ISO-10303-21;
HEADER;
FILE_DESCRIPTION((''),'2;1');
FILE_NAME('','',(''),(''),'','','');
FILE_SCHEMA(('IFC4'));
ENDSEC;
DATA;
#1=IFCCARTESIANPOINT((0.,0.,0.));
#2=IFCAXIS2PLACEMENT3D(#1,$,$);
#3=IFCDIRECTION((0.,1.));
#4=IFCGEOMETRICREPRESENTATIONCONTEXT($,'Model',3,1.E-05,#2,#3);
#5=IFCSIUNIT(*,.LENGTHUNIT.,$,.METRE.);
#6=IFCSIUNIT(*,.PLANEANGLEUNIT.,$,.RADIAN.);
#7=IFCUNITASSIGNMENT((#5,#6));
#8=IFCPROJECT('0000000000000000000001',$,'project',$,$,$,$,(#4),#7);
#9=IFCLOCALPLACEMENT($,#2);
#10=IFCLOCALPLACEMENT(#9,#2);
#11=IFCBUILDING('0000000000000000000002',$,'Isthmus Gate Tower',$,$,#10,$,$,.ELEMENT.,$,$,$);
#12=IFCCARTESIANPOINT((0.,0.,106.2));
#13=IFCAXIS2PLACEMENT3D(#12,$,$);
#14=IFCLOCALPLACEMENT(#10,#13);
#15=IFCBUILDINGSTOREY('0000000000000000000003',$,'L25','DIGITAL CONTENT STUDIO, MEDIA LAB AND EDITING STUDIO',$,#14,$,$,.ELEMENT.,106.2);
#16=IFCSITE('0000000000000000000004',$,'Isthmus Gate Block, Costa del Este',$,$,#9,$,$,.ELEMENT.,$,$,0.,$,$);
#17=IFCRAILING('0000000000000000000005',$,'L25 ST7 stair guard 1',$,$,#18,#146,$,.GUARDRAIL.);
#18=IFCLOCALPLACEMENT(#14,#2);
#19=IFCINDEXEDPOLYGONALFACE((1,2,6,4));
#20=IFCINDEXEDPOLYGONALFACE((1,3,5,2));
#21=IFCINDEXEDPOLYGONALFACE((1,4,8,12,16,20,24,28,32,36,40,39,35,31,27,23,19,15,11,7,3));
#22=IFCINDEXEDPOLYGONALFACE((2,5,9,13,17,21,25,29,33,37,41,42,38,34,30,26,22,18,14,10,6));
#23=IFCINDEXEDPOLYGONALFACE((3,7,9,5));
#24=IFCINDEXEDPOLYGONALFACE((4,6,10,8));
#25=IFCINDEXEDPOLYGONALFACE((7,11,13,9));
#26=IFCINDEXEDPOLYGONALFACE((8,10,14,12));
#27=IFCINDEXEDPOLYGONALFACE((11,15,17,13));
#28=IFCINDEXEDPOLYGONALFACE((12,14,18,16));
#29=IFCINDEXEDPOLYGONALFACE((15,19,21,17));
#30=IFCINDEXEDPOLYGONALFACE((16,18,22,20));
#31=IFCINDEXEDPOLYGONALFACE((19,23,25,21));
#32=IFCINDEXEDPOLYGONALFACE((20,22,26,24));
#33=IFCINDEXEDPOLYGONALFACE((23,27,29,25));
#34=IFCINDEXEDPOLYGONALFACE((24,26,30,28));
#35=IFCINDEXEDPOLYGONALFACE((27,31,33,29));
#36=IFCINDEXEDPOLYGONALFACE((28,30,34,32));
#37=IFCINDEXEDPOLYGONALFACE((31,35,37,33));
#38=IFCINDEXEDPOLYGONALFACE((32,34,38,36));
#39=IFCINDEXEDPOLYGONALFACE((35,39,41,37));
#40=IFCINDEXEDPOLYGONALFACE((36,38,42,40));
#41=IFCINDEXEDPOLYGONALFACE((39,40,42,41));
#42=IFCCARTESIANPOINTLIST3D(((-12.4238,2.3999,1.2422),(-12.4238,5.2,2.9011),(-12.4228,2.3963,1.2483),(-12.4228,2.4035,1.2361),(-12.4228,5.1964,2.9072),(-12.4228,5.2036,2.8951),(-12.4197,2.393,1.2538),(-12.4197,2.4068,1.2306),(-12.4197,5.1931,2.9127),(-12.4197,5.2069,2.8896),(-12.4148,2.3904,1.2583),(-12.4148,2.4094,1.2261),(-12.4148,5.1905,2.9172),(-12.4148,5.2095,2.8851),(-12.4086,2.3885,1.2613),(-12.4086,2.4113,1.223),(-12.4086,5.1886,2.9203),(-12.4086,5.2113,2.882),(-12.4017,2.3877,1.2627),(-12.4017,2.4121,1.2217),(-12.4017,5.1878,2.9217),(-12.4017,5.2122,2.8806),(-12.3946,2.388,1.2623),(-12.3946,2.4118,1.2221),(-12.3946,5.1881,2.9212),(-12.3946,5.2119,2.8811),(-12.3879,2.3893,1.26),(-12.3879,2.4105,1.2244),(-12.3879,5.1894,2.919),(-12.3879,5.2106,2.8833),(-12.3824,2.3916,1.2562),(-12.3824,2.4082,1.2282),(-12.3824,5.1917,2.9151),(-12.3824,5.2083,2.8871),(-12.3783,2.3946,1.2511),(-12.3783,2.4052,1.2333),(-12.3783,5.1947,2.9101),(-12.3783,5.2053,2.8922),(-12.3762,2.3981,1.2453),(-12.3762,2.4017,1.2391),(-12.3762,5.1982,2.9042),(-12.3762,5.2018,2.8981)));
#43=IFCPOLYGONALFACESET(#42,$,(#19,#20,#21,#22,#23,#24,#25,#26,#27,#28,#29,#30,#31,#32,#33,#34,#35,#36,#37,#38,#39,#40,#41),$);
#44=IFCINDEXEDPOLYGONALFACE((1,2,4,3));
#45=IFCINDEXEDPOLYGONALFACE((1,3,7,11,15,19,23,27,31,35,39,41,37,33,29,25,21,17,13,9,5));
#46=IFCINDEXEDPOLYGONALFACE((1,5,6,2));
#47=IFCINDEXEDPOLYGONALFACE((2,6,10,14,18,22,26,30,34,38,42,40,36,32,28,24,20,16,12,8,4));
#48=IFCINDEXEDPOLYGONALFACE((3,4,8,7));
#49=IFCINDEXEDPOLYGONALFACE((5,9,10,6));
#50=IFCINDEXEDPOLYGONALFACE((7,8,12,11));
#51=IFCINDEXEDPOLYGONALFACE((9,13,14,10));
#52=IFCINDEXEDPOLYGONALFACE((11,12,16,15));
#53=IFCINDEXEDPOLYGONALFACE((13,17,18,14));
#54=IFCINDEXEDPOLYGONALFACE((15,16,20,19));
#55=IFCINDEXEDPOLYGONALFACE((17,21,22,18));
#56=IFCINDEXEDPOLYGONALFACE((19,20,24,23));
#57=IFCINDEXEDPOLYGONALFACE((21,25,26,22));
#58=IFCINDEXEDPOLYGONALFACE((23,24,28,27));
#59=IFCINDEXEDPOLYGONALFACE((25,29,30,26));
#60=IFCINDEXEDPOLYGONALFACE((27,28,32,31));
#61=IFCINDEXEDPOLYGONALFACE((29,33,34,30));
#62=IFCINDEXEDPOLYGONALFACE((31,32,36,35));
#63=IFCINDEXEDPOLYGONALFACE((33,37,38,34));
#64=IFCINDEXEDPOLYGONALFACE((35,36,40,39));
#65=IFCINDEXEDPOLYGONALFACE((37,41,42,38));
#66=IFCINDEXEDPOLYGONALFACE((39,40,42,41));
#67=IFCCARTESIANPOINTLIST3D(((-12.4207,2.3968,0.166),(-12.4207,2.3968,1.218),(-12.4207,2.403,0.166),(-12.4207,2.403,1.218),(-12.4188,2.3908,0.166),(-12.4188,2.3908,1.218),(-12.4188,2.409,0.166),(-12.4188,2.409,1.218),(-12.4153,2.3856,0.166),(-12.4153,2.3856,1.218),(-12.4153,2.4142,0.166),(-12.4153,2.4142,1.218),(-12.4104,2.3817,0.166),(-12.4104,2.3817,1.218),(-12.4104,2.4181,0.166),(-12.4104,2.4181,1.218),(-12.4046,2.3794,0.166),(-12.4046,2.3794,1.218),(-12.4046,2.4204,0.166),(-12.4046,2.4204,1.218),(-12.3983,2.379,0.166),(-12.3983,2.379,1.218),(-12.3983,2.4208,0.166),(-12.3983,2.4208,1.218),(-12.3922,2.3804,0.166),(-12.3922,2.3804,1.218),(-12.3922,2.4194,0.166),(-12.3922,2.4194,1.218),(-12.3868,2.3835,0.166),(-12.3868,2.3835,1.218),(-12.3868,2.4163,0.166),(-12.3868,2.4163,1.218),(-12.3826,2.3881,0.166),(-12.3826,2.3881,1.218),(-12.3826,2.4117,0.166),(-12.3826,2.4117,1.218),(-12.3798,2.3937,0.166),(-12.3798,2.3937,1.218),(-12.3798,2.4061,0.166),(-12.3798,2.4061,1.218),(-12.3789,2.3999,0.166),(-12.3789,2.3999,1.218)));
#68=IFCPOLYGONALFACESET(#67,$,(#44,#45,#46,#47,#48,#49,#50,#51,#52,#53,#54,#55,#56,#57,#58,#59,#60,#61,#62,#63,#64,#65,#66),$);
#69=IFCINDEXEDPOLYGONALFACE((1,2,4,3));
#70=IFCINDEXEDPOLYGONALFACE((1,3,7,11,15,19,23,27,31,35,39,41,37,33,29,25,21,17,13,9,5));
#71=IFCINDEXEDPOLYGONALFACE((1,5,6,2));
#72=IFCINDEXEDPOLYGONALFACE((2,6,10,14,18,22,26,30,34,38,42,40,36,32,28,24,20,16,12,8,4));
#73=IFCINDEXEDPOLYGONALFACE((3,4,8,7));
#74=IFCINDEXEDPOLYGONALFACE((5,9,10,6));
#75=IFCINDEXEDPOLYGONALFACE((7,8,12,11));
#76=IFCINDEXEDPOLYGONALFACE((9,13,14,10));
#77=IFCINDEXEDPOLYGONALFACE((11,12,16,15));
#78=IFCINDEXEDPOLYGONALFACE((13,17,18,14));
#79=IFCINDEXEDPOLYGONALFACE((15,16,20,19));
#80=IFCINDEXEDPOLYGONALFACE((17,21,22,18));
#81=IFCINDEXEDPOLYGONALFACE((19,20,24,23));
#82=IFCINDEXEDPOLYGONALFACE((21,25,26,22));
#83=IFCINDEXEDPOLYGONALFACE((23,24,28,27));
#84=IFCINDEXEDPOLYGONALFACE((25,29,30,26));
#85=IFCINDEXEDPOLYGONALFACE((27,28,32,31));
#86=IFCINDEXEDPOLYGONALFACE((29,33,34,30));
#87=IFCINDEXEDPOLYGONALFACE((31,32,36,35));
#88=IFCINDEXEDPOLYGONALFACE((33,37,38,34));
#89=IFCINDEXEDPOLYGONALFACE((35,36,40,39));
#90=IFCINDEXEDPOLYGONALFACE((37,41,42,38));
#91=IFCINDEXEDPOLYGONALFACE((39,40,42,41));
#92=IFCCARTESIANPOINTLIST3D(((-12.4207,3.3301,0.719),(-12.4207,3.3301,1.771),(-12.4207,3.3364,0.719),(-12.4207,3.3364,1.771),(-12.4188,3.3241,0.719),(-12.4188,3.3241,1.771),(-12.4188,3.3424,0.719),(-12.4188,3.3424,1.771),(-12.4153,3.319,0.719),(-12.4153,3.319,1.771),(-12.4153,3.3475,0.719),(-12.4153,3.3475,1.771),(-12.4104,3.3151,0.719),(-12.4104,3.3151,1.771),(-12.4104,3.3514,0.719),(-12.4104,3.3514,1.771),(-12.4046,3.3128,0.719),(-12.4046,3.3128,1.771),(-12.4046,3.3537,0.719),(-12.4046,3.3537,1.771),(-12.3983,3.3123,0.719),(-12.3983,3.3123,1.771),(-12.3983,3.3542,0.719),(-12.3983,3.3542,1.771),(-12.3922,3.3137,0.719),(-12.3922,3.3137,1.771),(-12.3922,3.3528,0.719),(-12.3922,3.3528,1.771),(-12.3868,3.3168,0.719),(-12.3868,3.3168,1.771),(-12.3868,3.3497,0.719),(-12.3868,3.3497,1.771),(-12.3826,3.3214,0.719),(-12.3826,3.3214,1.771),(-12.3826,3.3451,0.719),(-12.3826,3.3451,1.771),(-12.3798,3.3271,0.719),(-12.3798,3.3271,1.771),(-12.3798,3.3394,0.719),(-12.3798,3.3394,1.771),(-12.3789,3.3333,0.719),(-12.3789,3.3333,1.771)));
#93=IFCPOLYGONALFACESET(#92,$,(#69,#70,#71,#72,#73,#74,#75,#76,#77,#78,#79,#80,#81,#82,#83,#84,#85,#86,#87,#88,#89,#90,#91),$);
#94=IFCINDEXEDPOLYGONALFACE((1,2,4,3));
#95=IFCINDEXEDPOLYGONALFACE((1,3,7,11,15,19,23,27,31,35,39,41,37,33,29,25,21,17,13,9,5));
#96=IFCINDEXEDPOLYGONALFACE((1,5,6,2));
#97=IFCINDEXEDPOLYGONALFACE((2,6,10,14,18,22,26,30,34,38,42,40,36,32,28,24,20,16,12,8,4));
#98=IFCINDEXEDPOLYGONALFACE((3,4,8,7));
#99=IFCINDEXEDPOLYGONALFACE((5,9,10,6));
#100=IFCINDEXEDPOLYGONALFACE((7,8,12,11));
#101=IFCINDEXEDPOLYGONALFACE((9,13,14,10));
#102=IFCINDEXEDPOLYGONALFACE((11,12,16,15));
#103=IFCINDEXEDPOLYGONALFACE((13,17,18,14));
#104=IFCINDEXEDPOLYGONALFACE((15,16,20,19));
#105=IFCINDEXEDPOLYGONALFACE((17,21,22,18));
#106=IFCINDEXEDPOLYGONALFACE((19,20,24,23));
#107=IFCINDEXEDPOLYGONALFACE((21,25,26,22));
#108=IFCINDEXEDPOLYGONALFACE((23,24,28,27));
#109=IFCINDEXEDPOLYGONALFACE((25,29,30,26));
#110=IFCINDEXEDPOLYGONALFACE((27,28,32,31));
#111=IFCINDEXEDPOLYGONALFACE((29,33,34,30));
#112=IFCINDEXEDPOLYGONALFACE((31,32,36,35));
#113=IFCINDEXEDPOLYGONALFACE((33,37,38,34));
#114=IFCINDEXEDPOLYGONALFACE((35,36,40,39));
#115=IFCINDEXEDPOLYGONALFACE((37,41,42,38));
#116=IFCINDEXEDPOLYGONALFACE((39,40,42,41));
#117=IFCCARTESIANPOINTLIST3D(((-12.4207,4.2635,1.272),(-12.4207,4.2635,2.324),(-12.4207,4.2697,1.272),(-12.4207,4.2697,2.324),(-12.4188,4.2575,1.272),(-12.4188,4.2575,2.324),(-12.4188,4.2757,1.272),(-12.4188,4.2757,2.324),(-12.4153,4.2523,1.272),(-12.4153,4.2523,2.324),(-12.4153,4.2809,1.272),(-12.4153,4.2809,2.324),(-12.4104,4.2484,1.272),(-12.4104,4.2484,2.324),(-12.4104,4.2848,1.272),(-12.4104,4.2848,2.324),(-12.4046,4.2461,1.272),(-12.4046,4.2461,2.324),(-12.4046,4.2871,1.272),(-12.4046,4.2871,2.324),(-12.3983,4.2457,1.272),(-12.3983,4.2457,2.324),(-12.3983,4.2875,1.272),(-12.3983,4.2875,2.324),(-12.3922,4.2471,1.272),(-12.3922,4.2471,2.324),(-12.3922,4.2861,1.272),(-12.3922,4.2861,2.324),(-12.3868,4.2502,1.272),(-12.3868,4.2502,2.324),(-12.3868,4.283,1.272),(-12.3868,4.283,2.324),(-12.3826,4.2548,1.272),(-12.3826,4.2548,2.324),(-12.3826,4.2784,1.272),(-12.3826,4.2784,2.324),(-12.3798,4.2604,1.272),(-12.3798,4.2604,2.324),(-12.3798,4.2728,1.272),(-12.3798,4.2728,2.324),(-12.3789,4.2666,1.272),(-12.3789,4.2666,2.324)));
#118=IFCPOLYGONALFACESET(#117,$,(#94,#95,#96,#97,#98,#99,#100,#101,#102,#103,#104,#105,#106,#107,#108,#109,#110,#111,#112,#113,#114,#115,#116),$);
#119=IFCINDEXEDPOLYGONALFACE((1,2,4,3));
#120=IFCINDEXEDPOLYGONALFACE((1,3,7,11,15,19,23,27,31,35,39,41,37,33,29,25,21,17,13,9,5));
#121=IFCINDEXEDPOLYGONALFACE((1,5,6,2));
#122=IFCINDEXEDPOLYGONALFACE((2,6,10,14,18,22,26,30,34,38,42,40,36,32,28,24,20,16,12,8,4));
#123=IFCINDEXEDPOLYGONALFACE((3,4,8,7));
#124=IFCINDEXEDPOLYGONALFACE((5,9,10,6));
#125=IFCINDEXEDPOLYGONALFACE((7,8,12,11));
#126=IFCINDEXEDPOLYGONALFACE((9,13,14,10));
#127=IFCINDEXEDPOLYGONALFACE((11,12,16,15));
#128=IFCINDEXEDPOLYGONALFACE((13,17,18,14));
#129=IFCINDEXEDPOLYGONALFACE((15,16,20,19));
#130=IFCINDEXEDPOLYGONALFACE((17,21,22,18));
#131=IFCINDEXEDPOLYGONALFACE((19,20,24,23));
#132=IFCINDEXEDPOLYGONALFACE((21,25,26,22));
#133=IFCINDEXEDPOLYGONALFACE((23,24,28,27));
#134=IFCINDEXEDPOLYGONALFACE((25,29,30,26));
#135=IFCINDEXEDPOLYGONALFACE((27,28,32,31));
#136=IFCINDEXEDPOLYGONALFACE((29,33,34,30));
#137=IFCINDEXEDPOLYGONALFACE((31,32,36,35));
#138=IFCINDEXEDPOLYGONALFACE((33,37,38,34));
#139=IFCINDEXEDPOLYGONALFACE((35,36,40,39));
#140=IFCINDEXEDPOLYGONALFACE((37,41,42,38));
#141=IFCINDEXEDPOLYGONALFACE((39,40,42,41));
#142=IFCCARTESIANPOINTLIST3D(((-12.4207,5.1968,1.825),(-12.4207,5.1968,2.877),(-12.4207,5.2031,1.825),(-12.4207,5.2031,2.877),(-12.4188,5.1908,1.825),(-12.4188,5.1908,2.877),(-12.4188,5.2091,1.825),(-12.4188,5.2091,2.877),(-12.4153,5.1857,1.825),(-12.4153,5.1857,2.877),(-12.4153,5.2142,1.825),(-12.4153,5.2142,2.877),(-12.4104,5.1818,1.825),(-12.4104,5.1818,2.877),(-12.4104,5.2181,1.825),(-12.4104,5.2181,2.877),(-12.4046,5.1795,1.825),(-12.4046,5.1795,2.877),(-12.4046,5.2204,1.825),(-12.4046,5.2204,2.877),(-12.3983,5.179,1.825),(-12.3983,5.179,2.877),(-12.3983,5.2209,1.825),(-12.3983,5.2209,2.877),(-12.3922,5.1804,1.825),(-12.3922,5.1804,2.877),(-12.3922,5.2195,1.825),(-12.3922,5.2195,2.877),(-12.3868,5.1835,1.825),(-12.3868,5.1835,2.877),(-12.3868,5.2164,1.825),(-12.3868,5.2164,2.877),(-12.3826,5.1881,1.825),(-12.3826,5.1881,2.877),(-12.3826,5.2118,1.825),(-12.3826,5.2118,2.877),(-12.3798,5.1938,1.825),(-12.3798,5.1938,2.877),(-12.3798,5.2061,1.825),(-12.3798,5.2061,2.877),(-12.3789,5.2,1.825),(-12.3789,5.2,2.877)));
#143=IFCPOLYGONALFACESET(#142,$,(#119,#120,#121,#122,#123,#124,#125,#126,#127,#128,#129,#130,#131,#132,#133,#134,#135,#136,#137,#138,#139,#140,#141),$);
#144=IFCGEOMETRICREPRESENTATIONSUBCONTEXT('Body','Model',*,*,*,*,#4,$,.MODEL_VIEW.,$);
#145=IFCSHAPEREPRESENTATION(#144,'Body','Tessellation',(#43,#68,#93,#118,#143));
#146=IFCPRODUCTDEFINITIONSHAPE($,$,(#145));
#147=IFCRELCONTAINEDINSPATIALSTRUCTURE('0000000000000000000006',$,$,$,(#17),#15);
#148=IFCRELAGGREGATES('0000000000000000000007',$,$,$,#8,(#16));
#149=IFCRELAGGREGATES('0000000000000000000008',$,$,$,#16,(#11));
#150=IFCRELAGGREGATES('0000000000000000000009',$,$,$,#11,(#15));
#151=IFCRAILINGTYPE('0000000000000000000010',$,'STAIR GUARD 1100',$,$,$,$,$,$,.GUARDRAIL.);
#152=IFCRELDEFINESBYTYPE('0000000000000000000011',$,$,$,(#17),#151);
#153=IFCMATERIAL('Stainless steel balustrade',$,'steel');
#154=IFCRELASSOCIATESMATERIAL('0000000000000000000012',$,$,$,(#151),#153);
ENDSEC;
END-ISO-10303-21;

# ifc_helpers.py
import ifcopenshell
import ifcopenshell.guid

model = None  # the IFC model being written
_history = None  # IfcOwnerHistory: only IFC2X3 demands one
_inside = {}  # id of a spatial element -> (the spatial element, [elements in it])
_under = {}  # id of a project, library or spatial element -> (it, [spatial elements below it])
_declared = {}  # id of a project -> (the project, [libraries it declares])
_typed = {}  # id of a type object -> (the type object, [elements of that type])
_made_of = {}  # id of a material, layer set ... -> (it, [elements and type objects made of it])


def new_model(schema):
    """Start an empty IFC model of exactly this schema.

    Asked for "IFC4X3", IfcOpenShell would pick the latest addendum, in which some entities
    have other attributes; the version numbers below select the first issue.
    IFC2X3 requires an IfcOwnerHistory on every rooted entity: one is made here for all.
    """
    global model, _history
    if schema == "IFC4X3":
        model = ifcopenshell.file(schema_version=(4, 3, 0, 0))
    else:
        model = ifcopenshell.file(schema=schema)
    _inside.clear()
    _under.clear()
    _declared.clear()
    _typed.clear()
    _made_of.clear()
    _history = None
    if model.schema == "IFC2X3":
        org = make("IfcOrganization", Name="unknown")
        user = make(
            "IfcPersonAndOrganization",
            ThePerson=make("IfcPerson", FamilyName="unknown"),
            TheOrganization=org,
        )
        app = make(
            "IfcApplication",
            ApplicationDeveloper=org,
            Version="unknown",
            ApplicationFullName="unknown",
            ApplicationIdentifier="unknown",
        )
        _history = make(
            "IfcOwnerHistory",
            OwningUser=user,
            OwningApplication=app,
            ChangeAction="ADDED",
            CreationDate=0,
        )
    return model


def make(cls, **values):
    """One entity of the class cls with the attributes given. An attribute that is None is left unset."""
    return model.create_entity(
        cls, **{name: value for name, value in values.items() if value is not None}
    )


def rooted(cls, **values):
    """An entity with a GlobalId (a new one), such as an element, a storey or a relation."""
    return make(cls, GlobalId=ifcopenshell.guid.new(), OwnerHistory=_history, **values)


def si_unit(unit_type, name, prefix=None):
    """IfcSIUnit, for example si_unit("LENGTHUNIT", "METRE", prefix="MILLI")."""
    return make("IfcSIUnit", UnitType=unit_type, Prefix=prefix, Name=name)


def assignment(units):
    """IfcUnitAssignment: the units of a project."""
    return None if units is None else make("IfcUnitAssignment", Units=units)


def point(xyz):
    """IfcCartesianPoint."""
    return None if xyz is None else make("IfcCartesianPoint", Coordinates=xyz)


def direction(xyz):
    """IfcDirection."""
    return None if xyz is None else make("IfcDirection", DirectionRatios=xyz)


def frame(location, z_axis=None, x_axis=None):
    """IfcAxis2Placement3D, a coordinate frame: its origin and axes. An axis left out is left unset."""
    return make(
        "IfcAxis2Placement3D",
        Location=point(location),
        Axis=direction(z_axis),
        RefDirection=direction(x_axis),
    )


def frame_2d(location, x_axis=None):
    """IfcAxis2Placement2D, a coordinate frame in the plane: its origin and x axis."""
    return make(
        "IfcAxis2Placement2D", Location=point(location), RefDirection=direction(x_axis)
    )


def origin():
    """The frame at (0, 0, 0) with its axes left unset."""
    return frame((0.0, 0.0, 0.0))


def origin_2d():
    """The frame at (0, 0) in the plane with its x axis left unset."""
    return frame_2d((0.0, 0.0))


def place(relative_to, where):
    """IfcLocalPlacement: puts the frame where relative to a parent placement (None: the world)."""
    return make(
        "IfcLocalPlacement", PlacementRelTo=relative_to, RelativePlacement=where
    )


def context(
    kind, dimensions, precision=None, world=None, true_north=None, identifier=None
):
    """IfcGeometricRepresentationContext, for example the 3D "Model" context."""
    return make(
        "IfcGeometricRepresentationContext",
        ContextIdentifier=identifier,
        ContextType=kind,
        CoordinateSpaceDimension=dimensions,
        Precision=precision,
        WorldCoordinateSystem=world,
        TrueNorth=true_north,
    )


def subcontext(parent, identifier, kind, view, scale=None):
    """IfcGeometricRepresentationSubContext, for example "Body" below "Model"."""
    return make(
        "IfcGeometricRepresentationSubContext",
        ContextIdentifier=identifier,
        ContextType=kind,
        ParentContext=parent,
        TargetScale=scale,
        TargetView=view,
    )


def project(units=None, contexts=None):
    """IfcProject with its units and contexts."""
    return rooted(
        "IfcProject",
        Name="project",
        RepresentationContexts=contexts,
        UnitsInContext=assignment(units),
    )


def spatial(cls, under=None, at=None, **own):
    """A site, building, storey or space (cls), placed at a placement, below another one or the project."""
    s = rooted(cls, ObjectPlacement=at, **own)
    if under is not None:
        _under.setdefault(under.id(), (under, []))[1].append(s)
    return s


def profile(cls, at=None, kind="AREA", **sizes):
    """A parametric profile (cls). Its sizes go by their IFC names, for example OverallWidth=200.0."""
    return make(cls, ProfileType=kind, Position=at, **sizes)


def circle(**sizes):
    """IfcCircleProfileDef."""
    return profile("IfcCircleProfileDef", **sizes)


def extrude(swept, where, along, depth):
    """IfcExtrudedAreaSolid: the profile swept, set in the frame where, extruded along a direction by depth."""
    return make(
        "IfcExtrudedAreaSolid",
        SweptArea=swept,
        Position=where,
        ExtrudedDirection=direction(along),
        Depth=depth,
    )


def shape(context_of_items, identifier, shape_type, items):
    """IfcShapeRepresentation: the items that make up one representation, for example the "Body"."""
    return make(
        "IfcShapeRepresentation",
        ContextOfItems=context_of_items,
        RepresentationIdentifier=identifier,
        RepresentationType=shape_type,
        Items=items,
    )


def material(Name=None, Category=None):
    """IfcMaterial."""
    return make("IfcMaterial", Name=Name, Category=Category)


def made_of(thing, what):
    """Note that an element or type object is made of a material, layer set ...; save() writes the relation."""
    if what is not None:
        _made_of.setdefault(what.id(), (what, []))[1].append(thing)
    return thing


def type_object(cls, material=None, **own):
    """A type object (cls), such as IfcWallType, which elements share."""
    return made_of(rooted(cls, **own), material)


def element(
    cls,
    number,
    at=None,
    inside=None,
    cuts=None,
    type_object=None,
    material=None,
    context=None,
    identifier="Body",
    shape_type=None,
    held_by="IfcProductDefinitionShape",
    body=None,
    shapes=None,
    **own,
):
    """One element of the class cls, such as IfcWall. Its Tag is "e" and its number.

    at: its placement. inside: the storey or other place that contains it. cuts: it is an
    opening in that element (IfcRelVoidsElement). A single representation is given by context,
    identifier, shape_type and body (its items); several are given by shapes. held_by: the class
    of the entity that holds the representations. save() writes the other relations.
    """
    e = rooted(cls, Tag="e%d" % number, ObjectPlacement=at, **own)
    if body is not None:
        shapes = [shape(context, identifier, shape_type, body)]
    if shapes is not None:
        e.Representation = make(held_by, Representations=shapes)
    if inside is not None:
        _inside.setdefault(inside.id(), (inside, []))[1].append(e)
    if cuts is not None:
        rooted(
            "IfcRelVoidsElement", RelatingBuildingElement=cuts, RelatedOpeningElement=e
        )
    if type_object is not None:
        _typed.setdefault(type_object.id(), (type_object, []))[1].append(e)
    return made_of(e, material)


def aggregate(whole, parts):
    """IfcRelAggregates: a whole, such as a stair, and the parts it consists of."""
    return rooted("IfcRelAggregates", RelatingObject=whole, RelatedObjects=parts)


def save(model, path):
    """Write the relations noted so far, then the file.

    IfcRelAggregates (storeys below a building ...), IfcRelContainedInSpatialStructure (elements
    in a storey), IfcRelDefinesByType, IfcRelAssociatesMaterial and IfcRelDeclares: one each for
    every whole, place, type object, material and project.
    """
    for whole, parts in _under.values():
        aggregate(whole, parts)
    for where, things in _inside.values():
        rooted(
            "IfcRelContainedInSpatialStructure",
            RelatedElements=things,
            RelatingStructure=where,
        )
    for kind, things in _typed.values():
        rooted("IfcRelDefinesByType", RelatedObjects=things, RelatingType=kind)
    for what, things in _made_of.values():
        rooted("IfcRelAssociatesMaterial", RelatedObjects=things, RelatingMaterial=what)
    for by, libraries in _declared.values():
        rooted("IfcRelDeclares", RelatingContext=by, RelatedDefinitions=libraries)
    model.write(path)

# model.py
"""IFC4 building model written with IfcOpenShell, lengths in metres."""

from ifc_helpers import new_model, si_unit, direction, frame, origin, origin_2d, place, context, subcontext, project, spatial, circle, extrude, material, type_object, element, save


model = new_model("IFC4")

# Units and contexts
model_context = context("Model", 3, precision=1e-05, world=origin(), true_north=direction((0.0, 1.0)))
body_context = subcontext(model_context, "Body", "Model", "MODEL_VIEW")
ifc_project = project(units=[si_unit("LENGTHUNIT", "METRE"), si_unit("PLANEANGLEUNIT", "RADIAN")], contexts=[model_context])

# Site, building, storey
site_placement = place(None, origin())
site = spatial("IfcSite", under=ifc_project, at=site_placement, Name="Isthmus Gate Block, Costa del Este", CompositionType="ELEMENT", RefElevation=0.0)
building_placement = place(site_placement, origin())
building = spatial("IfcBuilding", under=site, at=building_placement, Name="Isthmus Gate Tower", CompositionType="ELEMENT")
storey_placement = place(building_placement, frame((0.0, 0.0, 106.2)))
storey = spatial("IfcBuildingStorey", under=building, at=storey_placement, Name="L25", Description="DIGITAL CONTENT STUDIO, MEDIA LAB AND EDITING STUDIO", CompositionType="ELEMENT", Elevation=106.2)

# Railing
ifc_material_1 = material(Name="Stainless steel balustrade", Category="steel")
railing_type_1 = type_object("IfcRailingType", Name="STAIR GUARD 1100", PredefinedType="GUARDRAIL", material=ifc_material_1)
railing_1_placement = place(storey_placement, frame((-12.3999, 2.3999, 0.166)))
element("IfcRailing", 1, at=railing_1_placement, inside=storey, type_object=railing_type_1, Name="L25 ST7 stair guard 1", PredefinedType="GUARDRAIL", context=body_context, shape_type="SweptSolid", body=[
    extrude(circle(Radius=0.0239, at=origin_2d()), frame((0.0, 0.0, 1.0762), z_axis=(0.0, 0.860339, 0.509722), x_axis=(-1.0, 0.0, 0.0)), (0.0, 0.0, 1.0), 3.2546),
    extrude(circle(Radius=0.021, at=origin_2d()), origin(), (0.0, 0.0, 1.0), 1.052),
    extrude(circle(Radius=0.021, at=origin_2d()), frame((0.0, 0.9333, 0.553)), (0.0, 0.0, 1.0), 1.052),
    extrude(circle(Radius=0.021, at=origin_2d()), frame((0.0, 1.8667, 1.106)), (0.0, 0.0, 1.0), 1.052),
    extrude(circle(Radius=0.021, at=origin_2d()), frame((0.0, 2.8, 1.6589)), (0.0, 0.0, 1.0), 1.052),
])

save(model, "model.ifc")
